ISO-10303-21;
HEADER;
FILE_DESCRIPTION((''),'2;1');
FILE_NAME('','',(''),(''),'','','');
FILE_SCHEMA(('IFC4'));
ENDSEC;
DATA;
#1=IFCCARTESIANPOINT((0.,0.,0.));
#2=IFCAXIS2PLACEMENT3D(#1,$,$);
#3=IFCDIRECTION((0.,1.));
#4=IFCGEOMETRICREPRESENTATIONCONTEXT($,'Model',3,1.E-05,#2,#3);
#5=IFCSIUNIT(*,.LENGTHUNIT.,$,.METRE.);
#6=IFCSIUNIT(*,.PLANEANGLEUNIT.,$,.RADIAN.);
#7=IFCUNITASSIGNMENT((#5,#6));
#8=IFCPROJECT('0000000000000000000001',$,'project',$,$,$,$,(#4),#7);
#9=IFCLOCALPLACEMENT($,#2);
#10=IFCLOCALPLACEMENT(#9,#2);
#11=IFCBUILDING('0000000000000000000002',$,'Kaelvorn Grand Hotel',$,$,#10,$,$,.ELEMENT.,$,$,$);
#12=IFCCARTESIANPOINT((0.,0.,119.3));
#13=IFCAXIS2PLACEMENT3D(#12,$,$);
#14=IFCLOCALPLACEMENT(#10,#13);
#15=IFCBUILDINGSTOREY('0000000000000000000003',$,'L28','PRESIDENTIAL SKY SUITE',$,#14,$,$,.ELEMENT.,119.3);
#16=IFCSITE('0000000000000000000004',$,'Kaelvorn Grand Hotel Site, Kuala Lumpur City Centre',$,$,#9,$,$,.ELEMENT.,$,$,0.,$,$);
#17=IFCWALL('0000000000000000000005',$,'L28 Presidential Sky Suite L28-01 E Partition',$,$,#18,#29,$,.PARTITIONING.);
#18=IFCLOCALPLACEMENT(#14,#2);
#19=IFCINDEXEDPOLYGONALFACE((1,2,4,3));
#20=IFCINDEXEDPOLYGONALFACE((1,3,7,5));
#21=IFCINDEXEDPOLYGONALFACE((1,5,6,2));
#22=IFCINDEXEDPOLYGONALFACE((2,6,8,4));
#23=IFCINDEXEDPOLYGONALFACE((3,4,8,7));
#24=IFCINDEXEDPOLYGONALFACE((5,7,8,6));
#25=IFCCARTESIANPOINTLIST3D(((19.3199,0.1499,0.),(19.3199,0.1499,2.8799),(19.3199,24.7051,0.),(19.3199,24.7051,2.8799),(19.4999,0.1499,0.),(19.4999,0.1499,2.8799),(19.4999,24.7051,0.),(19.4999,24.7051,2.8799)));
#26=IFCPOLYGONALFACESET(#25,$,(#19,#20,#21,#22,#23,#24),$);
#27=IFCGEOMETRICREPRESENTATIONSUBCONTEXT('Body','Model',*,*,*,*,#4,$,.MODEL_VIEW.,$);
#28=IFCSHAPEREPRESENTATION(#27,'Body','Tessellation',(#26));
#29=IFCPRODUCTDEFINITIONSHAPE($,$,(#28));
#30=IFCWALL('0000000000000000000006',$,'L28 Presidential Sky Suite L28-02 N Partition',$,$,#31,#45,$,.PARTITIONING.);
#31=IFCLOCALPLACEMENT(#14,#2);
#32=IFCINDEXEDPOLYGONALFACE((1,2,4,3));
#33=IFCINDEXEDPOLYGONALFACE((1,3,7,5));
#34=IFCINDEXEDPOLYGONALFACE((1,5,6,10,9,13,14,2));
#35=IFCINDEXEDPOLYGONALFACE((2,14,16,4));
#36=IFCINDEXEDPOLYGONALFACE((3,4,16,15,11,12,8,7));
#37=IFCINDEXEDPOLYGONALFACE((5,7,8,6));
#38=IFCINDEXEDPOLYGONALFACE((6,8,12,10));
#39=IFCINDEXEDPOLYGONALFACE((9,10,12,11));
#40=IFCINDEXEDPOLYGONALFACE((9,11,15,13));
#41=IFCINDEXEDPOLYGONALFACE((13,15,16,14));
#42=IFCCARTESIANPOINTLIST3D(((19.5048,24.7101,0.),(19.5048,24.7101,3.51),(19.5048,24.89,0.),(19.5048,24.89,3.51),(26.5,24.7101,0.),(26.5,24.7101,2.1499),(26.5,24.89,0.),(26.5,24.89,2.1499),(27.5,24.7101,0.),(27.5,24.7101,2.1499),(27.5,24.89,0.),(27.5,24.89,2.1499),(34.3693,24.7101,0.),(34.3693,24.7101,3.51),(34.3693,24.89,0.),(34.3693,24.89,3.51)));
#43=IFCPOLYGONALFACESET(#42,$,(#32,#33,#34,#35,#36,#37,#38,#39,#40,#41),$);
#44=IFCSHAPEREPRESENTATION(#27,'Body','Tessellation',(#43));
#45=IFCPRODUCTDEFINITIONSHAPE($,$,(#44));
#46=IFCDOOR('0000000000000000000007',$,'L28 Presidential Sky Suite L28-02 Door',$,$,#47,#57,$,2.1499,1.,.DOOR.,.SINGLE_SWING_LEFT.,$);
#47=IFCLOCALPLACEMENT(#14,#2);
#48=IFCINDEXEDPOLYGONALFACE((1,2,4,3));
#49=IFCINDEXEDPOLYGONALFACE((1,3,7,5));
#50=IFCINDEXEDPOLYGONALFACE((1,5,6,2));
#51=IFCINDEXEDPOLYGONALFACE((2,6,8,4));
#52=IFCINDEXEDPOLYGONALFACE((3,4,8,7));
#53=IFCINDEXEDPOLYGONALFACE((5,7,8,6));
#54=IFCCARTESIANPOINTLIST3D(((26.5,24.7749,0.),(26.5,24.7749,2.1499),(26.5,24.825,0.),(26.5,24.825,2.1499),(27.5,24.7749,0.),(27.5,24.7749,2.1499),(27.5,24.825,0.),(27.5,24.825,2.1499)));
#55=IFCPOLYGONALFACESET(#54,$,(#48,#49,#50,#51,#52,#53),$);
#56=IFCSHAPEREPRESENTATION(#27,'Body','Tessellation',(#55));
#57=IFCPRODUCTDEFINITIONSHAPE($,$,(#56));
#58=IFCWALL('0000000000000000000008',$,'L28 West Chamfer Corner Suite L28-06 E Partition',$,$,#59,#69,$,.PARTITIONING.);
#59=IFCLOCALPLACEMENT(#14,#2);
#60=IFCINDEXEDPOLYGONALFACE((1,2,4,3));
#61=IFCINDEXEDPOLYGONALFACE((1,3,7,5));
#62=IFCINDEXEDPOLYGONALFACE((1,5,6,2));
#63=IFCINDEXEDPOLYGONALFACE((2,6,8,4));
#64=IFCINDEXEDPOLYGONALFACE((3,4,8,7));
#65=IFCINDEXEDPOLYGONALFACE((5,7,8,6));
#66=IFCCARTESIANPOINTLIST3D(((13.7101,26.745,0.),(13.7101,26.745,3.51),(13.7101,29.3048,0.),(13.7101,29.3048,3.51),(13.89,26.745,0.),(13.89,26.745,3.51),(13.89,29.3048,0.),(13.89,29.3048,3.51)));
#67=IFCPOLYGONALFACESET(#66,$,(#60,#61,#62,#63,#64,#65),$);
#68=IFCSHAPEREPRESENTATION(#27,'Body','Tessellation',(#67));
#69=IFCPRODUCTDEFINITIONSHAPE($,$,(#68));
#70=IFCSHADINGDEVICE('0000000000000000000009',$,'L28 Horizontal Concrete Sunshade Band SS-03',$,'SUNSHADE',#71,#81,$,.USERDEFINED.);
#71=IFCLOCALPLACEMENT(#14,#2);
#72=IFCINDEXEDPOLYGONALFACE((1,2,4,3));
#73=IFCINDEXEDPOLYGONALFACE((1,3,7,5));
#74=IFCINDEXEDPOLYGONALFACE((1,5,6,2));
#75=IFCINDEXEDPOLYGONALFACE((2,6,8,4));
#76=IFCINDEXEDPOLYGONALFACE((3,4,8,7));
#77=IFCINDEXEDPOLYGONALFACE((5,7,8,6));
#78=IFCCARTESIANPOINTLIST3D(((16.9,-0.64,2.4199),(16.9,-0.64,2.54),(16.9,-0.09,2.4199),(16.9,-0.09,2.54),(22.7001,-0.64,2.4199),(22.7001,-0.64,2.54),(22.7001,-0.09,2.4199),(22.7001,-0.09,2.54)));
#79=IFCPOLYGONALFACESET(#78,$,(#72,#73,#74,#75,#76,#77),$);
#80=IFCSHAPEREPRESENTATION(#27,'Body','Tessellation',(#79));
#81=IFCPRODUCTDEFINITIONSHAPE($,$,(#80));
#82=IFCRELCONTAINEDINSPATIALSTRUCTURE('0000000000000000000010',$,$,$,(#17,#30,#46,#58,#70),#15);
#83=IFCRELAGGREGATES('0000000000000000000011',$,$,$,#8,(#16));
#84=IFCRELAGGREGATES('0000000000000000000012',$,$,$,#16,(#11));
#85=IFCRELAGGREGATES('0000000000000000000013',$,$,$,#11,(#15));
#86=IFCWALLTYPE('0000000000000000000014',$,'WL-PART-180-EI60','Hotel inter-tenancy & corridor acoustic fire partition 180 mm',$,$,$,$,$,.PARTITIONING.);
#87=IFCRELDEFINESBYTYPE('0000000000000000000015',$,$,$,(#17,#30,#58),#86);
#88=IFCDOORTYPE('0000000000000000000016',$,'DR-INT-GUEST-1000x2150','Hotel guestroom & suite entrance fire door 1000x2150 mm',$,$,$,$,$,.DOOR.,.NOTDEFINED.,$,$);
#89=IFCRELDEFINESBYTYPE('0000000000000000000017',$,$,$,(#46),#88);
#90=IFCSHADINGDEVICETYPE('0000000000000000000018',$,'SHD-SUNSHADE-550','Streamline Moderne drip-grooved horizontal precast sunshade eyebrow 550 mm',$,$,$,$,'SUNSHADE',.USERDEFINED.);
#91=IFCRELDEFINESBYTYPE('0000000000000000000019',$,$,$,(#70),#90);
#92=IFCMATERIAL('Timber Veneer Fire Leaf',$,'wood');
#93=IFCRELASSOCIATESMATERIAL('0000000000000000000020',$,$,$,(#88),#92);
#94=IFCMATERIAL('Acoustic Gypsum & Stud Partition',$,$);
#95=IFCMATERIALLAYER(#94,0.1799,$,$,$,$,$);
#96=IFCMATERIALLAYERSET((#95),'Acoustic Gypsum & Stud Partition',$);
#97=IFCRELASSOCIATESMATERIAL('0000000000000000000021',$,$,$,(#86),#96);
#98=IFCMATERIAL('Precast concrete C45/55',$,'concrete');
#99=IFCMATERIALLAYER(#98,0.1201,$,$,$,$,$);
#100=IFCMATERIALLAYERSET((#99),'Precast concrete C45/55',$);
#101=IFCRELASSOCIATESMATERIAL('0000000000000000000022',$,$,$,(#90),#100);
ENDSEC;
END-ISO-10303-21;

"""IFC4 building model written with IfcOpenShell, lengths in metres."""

from ifc_helpers import new_model, si_unit, direction, frame, frame_2d, origin, origin_2d, place, context, subcontext, project, spatial, rectangle, extrude, material, layer, layer_set, type_object, element, fill, save


model = new_model("IFC4")

# Units and contexts
model_context = context("Model", 3, precision=1e-05, world=origin(), true_north=direction((0.0, 1.0)))
body_context = subcontext(model_context, "Body", "Model", "MODEL_VIEW")
ifc_project = project(units=[si_unit("LENGTHUNIT", "METRE"), si_unit("PLANEANGLEUNIT", "RADIAN")], contexts=[model_context])

# Site, building, storey
site_placement = place(None, origin())
site = spatial("IfcSite", under=ifc_project, at=site_placement, Name="Kaelvorn Grand Hotel Site, Kuala Lumpur City Centre", CompositionType="ELEMENT", RefElevation=0.0)
building_placement = place(site_placement, origin())
building = spatial("IfcBuilding", under=site, at=building_placement, Name="Kaelvorn Grand Hotel", CompositionType="ELEMENT")
storey_placement = place(building_placement, frame((0.0, 0.0, 119.3)))
storey = spatial("IfcBuildingStorey", under=building, at=storey_placement, Name="L28", Description="PRESIDENTIAL SKY SUITE", CompositionType="ELEMENT", Elevation=119.3)

# Shared definitions
ifc_material_1 = material(Name="Acoustic Gypsum & Stud Partition")
ifc_material_2 = material(Name="Timber Veneer Fire Leaf", Category="wood")
door_type_1 = type_object("IfcDoorType", Name="DR-INT-GUEST-1000x2150", Description="Hotel guestroom & suite entrance fire door 1000x2150 mm", OperationType="NOTDEFINED", PredefinedType="DOOR", material=ifc_material_2)

# Wall
ifc_layer_1 = layer(ifc_material_1, 0.1799)
ifc_layer_set_1 = layer_set([ifc_layer_1], Name="Acoustic Gypsum & Stud Partition")
wall_type_1 = type_object("IfcWallType", Name="WL-PART-180-EI60", Description="Hotel inter-tenancy & corridor acoustic fire partition 180 mm", PredefinedType="PARTITIONING", material=ifc_layer_set_1)
wall_1_placement = place(storey_placement, frame((19.4099, 0.1499, 0.0), z_axis=(0.0, 0.0, 1.0), x_axis=(0.0, 1.0, 0.0)))
element("IfcWall", 1, at=wall_1_placement, inside=storey, type_object=wall_type_1, Name="L28 Presidential Sky Suite L28-01 E Partition", PredefinedType="PARTITIONING", context=body_context, shape_type="SweptSolid", body=[
    extrude(rectangle(XDim=24.5552, YDim=0.1799, at=frame_2d((12.2776, 0.0))), origin(), (0.0, 0.0, 1.0), 2.8799),
])

# Wall, opening, door
wall_2_placement = place(storey_placement, frame((19.5049, 24.8, 0.0), z_axis=(0.0, 0.0, 1.0), x_axis=(1.0, 0.0, 0.0)))
wall_2 = element("IfcWall", 2, at=wall_2_placement, inside=storey, type_object=wall_type_1, Name="L28 Presidential Sky Suite L28-02 N Partition", PredefinedType="PARTITIONING", context=body_context, shape_type="SweptSolid", body=[
    extrude(rectangle(XDim=14.8645, YDim=0.1799, at=frame_2d((7.4321, 0.0))), origin(), (0.0, 0.0, 1.0), 3.51),
])
opening_1_placement = place(wall_2_placement, frame((6.9951, 0.0, 0.0)))
opening_1 = element("IfcOpeningElement", 3, at=opening_1_placement, cuts=wall_2, PredefinedType="OPENING", context=body_context, shape_type="SweptSolid", body=[
    extrude(rectangle(XDim=1.0, YDim=2.1499, at=frame_2d((0.5, 1.075))), frame((0.0, 0.1001, 0.0), z_axis=(0.0, -1.0, 0.0), x_axis=(1.0, 0.0, 0.0)), (0.0, 0.0, 1.0), 0.2),
])
door_1_placement = place(opening_1_placement, origin())
door_1 = element("IfcDoor", 4, at=door_1_placement, inside=storey, type_object=door_type_1, Name="L28 Presidential Sky Suite L28-02 Door", OperationType="SINGLE_SWING_LEFT", OverallHeight=2.1499, OverallWidth=1.0, PredefinedType="DOOR", context=body_context, shape_type="SweptSolid", body=[
    extrude(rectangle(XDim=1.0, YDim=2.1499, at=frame_2d((0.5, 1.075))), frame((0.0, 0.0249, 0.0), z_axis=(0.0, -1.0, 0.0), x_axis=(1.0, 0.0, 0.0)), (0.0, 0.0, 1.0), 0.05),
])
fill(opening_1, door_1)

# Wall
wall_3_placement = place(storey_placement, frame((13.8, 26.7451, 0.0), z_axis=(0.0, 0.0, 1.0), x_axis=(0.0, 1.0, 0.0)))
element("IfcWall", 5, at=wall_3_placement, inside=storey, type_object=wall_type_1, Name="L28 West Chamfer Corner Suite L28-06 E Partition", PredefinedType="PARTITIONING", context=body_context, shape_type="SweptSolid", body=[
    extrude(rectangle(XDim=2.5598, YDim=0.1799, at=frame_2d((1.2798, 0.0))), origin(), (0.0, 0.0, 1.0), 3.51),
])

# Shading device
ifc_material_3 = material(Name="Precast concrete C45/55", Category="concrete")
ifc_layer_2 = layer(ifc_material_3, 0.1201)
ifc_layer_set_2 = layer_set([ifc_layer_2], Name="Precast concrete C45/55")
shading_device_type = type_object("IfcShadingDeviceType", Name="SHD-SUNSHADE-550", Description="Streamline Moderne drip-grooved horizontal precast sunshade eyebrow 550 mm", ElementType="SUNSHADE", PredefinedType="USERDEFINED", material=ifc_layer_set_2)
shading_device_placement = place(storey_placement, frame((19.8, -0.365, 2.4199), z_axis=(0.0, 0.0, 1.0), x_axis=(1.0, 0.0, 0.0)))
element("IfcShadingDevice", 6, at=shading_device_placement, inside=storey, type_object=shading_device_type, Name="L28 Horizontal Concrete Sunshade Band SS-03", ObjectType="SUNSHADE", PredefinedType="USERDEFINED", context=body_context, shape_type="SweptSolid", body=[
    extrude(rectangle(XDim=5.8, YDim=0.55, at=origin_2d()), origin(), (0.0, 0.0, 1.0), 0.1201),
])

save(model, "model.ifc")
